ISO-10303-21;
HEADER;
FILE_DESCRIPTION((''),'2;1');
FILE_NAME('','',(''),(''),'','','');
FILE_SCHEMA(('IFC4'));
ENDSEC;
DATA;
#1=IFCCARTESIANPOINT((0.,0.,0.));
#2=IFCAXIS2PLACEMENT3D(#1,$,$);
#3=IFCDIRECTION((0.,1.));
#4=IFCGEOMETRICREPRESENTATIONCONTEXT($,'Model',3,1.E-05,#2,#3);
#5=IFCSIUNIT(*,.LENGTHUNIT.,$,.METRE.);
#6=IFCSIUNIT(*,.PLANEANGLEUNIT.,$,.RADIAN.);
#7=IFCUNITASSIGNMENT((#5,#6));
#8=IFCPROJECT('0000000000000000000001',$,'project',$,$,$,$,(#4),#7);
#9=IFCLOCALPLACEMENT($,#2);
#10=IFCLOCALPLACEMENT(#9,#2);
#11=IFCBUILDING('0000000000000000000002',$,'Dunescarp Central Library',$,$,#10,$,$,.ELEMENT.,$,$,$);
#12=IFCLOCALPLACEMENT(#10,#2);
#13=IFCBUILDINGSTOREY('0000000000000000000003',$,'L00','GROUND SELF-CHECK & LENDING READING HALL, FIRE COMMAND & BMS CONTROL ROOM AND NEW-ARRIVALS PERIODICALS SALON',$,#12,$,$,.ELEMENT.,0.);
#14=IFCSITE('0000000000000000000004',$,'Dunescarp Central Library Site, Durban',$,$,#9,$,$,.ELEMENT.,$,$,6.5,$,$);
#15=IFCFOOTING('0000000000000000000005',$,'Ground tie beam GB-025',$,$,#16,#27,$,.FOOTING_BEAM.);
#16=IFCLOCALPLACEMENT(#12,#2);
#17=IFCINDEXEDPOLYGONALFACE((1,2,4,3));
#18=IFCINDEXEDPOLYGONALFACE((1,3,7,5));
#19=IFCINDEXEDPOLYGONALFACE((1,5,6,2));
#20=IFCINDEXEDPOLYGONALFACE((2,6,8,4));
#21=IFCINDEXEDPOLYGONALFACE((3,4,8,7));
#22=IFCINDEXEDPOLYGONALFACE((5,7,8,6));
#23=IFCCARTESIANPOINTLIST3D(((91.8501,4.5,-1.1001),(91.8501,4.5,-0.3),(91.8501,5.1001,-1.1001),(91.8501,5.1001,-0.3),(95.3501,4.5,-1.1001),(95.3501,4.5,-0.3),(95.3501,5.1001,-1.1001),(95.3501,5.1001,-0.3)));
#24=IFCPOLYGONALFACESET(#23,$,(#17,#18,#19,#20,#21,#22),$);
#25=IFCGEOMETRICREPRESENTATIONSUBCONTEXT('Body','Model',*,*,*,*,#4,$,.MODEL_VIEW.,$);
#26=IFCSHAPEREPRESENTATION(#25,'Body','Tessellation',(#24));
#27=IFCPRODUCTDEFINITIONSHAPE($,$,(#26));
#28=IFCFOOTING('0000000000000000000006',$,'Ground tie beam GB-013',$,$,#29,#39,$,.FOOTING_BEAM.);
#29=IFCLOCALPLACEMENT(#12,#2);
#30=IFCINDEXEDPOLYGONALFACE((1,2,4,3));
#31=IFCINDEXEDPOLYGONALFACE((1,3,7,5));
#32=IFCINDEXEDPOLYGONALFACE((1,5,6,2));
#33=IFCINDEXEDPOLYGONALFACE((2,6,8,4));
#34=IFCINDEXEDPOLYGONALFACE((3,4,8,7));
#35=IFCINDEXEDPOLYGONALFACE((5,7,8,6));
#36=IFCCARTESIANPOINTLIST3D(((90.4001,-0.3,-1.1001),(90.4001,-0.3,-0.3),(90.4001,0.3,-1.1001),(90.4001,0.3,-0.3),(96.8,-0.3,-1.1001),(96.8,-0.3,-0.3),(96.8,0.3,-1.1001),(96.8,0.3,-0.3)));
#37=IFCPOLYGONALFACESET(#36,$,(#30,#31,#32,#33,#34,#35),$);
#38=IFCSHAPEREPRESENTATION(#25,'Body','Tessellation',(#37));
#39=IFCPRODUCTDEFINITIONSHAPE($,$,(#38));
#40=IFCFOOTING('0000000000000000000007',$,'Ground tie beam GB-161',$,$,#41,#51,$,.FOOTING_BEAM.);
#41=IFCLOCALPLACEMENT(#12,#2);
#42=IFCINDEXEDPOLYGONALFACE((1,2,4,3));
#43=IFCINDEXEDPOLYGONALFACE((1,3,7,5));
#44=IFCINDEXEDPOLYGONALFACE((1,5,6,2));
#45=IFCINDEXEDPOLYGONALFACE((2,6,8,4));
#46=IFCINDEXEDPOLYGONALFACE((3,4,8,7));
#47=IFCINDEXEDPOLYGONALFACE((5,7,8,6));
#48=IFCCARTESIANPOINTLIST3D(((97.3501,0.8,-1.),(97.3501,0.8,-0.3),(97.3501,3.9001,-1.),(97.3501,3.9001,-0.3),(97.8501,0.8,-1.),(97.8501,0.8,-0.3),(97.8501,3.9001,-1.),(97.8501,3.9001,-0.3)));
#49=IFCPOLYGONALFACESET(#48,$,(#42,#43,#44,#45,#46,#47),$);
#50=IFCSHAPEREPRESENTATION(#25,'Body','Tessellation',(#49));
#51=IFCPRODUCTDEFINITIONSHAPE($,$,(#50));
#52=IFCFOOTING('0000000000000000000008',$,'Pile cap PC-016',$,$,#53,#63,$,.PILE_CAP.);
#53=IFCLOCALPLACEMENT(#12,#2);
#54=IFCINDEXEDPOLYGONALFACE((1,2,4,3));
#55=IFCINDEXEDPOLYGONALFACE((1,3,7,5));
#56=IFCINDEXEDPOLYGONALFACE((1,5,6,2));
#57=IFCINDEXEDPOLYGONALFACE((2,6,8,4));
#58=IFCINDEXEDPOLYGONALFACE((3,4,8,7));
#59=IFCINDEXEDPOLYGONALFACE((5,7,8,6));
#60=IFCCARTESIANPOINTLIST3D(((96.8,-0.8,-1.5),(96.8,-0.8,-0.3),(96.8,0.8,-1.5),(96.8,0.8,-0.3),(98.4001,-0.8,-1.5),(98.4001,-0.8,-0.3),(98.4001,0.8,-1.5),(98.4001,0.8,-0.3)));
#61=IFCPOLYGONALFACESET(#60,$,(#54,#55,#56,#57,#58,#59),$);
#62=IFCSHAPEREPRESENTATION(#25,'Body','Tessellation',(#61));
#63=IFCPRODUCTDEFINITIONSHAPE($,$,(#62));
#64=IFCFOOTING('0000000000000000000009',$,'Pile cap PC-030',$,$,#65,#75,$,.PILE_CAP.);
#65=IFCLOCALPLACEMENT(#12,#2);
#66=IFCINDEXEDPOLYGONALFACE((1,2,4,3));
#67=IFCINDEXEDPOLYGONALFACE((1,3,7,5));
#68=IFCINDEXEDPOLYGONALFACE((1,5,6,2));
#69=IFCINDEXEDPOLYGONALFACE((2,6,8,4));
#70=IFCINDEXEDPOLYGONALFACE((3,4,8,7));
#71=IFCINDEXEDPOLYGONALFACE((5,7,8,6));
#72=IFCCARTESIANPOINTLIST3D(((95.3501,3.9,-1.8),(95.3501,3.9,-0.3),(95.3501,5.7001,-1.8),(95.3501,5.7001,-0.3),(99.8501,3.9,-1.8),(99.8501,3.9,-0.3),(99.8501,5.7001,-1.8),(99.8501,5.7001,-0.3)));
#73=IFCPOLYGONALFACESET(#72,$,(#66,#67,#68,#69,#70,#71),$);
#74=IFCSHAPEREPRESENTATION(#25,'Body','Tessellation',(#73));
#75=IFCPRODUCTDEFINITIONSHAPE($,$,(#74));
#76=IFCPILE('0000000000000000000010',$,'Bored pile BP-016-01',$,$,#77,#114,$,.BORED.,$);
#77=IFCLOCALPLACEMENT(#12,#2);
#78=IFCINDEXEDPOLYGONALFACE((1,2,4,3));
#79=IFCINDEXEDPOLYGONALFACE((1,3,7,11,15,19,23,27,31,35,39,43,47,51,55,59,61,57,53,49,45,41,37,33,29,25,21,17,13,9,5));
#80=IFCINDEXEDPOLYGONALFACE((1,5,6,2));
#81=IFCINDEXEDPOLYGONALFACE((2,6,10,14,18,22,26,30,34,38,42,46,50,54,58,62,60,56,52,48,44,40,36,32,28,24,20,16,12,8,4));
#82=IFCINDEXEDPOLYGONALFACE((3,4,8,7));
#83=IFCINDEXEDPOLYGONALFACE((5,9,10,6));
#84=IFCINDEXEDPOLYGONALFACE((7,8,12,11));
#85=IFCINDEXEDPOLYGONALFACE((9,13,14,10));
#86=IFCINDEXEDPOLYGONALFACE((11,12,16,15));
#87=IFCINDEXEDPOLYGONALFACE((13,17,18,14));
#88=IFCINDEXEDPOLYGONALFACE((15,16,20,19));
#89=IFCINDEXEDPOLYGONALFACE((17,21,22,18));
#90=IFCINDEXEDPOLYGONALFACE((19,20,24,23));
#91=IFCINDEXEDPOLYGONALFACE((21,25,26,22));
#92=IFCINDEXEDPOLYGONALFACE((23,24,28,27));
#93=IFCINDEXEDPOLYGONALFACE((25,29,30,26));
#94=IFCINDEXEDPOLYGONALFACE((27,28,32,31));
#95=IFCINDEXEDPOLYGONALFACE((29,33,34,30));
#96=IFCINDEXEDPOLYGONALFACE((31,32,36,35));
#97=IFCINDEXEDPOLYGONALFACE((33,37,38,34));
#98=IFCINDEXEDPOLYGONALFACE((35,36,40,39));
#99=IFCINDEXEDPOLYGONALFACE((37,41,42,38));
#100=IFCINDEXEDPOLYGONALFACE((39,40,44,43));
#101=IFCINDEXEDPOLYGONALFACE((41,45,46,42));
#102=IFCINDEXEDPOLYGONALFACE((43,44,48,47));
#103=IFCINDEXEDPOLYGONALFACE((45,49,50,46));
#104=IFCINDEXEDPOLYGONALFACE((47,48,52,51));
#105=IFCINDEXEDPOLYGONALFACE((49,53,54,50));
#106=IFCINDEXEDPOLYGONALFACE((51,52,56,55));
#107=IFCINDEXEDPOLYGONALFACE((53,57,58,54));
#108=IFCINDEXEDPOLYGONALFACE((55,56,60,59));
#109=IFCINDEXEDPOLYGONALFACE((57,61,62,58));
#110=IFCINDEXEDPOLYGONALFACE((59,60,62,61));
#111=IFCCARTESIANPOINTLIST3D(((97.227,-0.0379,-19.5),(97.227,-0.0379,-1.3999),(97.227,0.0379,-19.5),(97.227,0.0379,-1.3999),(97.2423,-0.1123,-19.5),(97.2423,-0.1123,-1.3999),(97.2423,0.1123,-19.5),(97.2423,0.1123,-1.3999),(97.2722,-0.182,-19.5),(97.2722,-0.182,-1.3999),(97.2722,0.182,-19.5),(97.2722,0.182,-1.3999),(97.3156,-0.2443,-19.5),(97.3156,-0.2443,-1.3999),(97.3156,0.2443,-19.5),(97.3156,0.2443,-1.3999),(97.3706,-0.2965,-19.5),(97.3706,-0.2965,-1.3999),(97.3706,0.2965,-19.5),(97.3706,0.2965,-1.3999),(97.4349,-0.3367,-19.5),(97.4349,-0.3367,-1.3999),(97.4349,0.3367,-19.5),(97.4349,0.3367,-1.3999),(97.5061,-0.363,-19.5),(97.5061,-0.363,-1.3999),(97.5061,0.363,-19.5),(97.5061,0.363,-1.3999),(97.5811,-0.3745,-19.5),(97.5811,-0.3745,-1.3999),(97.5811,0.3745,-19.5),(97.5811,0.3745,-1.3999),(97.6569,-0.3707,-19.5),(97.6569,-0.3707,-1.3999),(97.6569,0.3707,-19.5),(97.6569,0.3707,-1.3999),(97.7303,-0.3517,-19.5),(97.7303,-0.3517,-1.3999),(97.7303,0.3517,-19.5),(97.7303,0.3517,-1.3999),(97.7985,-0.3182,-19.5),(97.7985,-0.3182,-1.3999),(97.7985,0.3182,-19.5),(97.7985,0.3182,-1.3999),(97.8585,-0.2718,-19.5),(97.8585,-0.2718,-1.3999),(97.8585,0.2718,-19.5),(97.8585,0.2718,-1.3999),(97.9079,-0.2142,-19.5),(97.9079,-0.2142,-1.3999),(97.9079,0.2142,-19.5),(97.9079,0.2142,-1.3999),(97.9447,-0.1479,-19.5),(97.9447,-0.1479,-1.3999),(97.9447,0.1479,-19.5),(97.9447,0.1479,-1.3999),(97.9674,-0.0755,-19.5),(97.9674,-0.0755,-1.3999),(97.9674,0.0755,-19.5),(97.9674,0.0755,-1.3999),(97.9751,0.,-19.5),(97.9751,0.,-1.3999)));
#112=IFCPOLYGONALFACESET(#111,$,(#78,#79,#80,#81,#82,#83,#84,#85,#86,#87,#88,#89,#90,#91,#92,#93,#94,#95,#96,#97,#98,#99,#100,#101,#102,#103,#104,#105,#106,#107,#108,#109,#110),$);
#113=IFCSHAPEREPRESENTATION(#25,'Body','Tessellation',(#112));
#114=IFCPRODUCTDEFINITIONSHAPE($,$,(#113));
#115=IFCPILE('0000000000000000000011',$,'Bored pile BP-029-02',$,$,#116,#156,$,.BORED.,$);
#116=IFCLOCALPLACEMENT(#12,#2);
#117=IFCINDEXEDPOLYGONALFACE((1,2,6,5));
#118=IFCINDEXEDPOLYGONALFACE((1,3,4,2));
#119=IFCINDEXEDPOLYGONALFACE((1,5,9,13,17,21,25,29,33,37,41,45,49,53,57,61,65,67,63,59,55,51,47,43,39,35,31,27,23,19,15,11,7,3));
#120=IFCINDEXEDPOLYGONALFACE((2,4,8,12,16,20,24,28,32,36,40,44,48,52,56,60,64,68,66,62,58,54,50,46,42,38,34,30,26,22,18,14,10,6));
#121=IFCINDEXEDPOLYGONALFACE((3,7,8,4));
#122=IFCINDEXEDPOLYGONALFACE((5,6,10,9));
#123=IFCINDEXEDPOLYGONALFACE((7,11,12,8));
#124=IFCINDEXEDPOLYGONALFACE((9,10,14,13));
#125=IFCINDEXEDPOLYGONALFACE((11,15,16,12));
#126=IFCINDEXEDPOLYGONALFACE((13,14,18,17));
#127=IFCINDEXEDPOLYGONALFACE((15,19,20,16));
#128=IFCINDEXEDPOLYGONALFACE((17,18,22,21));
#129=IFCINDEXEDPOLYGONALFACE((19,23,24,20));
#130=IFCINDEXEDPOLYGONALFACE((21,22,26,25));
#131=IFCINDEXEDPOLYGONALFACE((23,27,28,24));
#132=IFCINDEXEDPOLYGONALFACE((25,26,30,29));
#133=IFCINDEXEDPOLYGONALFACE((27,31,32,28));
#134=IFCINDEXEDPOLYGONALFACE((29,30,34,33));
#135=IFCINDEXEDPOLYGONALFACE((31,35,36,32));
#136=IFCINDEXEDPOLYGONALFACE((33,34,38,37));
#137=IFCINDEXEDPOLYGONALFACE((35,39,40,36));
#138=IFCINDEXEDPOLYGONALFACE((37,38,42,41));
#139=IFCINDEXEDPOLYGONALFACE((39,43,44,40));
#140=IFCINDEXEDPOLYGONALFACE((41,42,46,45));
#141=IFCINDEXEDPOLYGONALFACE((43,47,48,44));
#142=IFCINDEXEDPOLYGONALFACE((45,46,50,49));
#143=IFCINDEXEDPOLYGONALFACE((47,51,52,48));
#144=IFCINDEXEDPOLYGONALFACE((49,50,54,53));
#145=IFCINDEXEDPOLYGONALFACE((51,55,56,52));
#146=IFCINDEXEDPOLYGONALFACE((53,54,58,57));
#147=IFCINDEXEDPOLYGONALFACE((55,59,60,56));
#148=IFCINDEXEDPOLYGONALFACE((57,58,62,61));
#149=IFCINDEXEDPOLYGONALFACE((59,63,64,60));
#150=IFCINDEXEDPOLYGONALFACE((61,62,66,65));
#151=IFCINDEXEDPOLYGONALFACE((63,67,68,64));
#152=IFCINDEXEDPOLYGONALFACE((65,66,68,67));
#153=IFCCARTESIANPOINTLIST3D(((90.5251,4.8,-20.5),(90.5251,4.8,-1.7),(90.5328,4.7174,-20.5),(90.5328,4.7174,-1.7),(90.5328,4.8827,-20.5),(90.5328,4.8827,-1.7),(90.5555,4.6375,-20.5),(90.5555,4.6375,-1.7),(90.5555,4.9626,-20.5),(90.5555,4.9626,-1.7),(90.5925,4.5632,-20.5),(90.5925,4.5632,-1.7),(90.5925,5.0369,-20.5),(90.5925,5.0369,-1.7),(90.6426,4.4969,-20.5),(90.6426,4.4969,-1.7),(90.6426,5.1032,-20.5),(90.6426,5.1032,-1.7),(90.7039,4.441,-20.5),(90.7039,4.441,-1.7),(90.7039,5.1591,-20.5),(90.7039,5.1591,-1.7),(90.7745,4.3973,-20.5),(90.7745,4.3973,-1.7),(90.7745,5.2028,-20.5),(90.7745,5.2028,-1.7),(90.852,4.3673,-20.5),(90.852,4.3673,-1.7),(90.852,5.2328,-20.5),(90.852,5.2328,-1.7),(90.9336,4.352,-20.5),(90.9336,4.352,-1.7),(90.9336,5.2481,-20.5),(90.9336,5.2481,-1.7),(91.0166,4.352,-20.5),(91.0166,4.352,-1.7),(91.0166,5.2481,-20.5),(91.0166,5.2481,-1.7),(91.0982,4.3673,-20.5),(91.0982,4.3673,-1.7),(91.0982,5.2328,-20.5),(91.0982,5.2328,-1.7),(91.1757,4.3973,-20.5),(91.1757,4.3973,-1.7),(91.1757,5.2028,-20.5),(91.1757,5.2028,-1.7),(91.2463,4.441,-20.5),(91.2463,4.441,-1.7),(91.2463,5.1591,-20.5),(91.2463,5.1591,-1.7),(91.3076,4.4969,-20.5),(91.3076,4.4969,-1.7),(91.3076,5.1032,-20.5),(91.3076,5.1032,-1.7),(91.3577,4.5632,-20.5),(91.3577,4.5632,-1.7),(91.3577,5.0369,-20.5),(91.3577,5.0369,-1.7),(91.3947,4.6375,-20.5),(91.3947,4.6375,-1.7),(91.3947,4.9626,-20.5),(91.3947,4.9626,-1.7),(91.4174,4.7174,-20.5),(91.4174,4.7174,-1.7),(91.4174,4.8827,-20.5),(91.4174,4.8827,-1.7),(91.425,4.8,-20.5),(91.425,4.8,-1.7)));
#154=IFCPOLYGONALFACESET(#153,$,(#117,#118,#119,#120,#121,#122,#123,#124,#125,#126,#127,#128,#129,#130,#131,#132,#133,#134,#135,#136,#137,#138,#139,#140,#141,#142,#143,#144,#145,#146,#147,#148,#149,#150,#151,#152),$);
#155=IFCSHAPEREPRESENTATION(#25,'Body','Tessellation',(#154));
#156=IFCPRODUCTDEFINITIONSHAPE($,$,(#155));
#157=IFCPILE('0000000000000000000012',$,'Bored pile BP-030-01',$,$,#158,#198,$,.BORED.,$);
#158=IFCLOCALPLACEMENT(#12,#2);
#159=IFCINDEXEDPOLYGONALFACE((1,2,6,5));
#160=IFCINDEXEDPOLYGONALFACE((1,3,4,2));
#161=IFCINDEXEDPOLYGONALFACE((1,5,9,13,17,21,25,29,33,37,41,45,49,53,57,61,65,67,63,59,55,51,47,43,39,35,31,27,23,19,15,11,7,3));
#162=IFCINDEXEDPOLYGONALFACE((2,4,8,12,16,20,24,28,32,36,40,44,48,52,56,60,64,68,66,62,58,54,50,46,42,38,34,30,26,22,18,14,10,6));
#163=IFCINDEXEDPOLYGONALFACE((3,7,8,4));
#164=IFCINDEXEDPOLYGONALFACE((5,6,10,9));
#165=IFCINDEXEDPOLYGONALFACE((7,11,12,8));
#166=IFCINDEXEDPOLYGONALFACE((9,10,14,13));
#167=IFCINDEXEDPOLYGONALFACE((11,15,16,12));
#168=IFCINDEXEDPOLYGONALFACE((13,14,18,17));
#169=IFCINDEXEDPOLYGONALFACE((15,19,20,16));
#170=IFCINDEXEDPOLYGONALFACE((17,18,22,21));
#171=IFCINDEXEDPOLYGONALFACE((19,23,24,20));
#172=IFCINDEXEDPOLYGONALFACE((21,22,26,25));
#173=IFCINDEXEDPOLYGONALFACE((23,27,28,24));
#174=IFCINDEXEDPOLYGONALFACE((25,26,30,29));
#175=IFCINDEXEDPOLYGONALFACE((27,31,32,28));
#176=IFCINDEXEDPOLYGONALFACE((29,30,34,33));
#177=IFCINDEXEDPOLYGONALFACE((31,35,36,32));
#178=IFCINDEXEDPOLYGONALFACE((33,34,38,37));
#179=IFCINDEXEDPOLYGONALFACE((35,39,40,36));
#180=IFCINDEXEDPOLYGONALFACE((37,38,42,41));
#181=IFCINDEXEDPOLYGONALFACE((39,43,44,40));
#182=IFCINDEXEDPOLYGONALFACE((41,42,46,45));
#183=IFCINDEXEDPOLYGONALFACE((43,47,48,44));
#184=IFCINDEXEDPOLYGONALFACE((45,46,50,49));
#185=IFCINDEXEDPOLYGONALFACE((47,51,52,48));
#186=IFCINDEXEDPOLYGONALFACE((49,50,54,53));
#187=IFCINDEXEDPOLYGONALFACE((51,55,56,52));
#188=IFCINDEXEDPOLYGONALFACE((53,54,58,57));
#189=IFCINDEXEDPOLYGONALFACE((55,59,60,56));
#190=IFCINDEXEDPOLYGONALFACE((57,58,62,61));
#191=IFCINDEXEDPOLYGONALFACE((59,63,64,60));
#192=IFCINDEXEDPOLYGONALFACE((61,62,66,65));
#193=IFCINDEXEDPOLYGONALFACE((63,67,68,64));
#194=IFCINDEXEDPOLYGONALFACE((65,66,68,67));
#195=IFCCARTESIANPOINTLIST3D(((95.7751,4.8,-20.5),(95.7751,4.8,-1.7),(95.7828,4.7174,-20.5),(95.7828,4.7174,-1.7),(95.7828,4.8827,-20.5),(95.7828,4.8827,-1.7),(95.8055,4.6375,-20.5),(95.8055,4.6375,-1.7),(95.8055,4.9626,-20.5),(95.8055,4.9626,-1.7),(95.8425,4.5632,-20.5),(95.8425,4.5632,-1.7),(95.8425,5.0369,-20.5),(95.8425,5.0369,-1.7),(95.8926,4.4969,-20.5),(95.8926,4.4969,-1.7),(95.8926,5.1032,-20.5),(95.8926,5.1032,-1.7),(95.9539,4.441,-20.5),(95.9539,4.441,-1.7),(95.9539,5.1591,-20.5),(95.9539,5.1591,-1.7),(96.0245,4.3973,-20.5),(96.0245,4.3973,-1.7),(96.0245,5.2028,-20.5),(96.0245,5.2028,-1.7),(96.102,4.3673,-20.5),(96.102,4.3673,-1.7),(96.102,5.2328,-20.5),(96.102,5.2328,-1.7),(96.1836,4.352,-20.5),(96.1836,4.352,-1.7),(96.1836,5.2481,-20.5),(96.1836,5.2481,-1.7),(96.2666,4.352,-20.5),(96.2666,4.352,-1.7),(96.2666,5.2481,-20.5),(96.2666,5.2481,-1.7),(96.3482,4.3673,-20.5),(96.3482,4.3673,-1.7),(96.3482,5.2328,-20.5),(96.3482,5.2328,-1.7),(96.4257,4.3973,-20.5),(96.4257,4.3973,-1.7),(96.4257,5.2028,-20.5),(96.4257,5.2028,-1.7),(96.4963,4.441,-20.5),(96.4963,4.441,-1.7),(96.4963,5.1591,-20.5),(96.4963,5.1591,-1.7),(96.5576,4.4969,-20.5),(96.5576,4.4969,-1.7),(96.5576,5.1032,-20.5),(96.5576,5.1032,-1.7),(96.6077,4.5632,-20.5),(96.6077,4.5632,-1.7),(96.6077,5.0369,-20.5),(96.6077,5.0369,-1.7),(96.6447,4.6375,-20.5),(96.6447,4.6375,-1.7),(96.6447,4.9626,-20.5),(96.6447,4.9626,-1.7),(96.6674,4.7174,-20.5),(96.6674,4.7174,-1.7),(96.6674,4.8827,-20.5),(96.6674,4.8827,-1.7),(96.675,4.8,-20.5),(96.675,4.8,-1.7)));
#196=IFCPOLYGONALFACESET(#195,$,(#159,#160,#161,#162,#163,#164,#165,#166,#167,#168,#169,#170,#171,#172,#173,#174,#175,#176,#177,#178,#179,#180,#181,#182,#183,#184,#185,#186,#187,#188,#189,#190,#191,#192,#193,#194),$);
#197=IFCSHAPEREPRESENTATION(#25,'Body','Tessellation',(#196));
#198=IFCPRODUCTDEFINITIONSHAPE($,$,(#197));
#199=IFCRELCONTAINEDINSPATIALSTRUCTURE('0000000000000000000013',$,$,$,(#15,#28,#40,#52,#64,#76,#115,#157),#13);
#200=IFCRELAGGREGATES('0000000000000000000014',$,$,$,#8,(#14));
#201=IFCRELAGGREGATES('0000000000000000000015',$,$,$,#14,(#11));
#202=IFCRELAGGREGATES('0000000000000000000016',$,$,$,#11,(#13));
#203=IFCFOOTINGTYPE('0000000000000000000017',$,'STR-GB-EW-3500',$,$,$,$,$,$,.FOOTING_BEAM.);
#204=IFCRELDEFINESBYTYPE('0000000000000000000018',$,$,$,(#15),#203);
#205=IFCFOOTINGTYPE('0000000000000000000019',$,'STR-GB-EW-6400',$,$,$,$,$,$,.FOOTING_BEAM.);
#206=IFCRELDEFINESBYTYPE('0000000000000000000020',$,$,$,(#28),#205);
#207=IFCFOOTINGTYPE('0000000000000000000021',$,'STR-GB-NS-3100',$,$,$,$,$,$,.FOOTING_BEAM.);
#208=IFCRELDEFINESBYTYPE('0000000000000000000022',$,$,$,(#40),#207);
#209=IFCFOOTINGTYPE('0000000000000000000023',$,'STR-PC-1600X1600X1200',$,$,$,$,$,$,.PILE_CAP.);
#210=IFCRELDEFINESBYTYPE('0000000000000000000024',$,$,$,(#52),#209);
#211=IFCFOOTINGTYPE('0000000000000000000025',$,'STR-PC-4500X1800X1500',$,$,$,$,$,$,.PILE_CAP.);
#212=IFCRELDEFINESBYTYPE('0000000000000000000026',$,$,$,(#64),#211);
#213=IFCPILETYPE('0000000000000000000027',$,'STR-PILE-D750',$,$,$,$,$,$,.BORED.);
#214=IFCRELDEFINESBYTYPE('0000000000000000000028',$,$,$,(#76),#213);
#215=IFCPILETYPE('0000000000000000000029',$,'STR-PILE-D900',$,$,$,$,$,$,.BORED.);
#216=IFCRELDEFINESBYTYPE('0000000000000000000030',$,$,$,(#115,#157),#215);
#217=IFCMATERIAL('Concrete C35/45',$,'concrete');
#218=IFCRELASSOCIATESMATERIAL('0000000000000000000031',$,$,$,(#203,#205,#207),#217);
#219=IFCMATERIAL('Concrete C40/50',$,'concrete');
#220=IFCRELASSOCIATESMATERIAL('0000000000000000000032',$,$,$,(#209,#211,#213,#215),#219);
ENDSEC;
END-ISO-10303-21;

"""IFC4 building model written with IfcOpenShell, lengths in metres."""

from ifc_helpers import new_model, si_unit, direction, frame, origin, origin_2d, place, context, subcontext, project, spatial, rectangle, circle, extrude, material, material_profile, profile_set, type_object, element, save


model = new_model("IFC4")

# Units and contexts
model_context = context("Model", 3, precision=1e-05, world=origin(), true_north=direction((0.0, 1.0)))
body_context = subcontext(model_context, "Body", "Model", "MODEL_VIEW")
ifc_project = project(units=[si_unit("LENGTHUNIT", "METRE"), si_unit("PLANEANGLEUNIT", "RADIAN")], contexts=[model_context])

# Site, building, storey
site_placement = place(None, origin())
site = spatial("IfcSite", under=ifc_project, at=site_placement, Name="Dunescarp Central Library Site, Durban", CompositionType="ELEMENT", RefElevation=6.5)
building_placement = place(site_placement, origin())
building = spatial("IfcBuilding", under=site, at=building_placement, Name="Dunescarp Central Library", CompositionType="ELEMENT")
storey_placement = place(building_placement, origin())
storey = spatial("IfcBuildingStorey", under=building, at=storey_placement, Name="L00", Description="GROUND SELF-CHECK & LENDING READING HALL, FIRE COMMAND & BMS CONTROL ROOM AND NEW-ARRIVALS PERIODICALS SALON", CompositionType="ELEMENT", Elevation=0.0)

# Footings
ifc_material_1 = material(Name="Concrete C35/45", Category="concrete")
footing_type_1 = type_object("IfcFootingType", Name="STR-GB-EW-3500", PredefinedType="FOOTING_BEAM", material=ifc_material_1)
footing_1_placement = place(storey_placement, frame((93.6001, 4.8, -1.1001), z_axis=(0.0, 0.0, 1.0), x_axis=(1.0, 0.0, 0.0)))
element("IfcFooting", 1, at=footing_1_placement, inside=storey, type_object=footing_type_1, Name="Ground tie beam GB-025", PredefinedType="FOOTING_BEAM", context=body_context, shape_type="SweptSolid", body=[
    extrude(rectangle(XDim=3.5, YDim=0.6001, at=origin_2d()), origin(), (0.0, 0.0, 1.0), 0.8),
])
footing_type_2 = type_object("IfcFootingType", Name="STR-GB-EW-6400", PredefinedType="FOOTING_BEAM", material=ifc_material_1)
footing_2_placement = place(storey_placement, frame((93.6001, 0.0, -1.1001), z_axis=(0.0, 0.0, 1.0), x_axis=(1.0, 0.0, 0.0)))
element("IfcFooting", 2, at=footing_2_placement, inside=storey, type_object=footing_type_2, Name="Ground tie beam GB-013", PredefinedType="FOOTING_BEAM", context=body_context, shape_type="SweptSolid", body=[
    extrude(rectangle(XDim=6.3999, YDim=0.6001, at=origin_2d()), origin(), (0.0, 0.0, 1.0), 0.8),
])
footing_type_3 = type_object("IfcFootingType", Name="STR-GB-NS-3100", PredefinedType="FOOTING_BEAM", material=ifc_material_1)
footing_3_placement = place(storey_placement, frame((97.6001, 2.3501, -1.0), z_axis=(0.0, 0.0, 1.0), x_axis=(0.0, 1.0, 0.0)))
element("IfcFooting", 3, at=footing_3_placement, inside=storey, type_object=footing_type_3, Name="Ground tie beam GB-161", PredefinedType="FOOTING_BEAM", context=body_context, shape_type="SweptSolid", body=[
    extrude(rectangle(XDim=3.1001, YDim=0.5, at=origin_2d()), origin(), (0.0, 0.0, 1.0), 0.7),
])
ifc_material_2 = material(Name="Concrete C40/50", Category="concrete")
footing_type_4 = type_object("IfcFootingType", Name="STR-PC-1600X1600X1200", PredefinedType="PILE_CAP", material=ifc_material_2)
footing_4_placement = place(storey_placement, frame((97.6001, 0.0, -1.5), z_axis=(0.0, 0.0, 1.0), x_axis=(1.0, 0.0, 0.0)))
element("IfcFooting", 4, at=footing_4_placement, inside=storey, type_object=footing_type_4, Name="Pile cap PC-016", PredefinedType="PILE_CAP", context=body_context, shape_type="SweptSolid", body=[
    extrude(rectangle(XDim=1.6001, YDim=1.6001, at=origin_2d()), origin(), (0.0, 0.0, 1.0), 1.2),
])
footing_type_5 = type_object("IfcFootingType", Name="STR-PC-4500X1800X1500", PredefinedType="PILE_CAP", material=ifc_material_2)
footing_5_placement = place(storey_placement, frame((97.6001, 4.8, -1.8), z_axis=(0.0, 0.0, 1.0), x_axis=(1.0, 0.0, 0.0)))
element("IfcFooting", 5, at=footing_5_placement, inside=storey, type_object=footing_type_5, Name="Pile cap PC-030", PredefinedType="PILE_CAP", context=body_context, shape_type="SweptSolid", body=[
    extrude(rectangle(XDim=4.5, YDim=1.8, at=origin_2d()), origin(), (0.0, 0.0, 1.0), 1.5),
])

# Piles
ifc_material_profile_1 = material_profile(ifc_material_2, circle(Radius=0.375, at=origin_2d()), Name="PILE D750")
ifc_profile_set_1 = profile_set([ifc_material_profile_1], Name="Concrete C40/50")
pile_type_1 = type_object("IfcPileType", Name="STR-PILE-D750", PredefinedType="BORED", material=ifc_profile_set_1)
pile_placement = place(storey_placement, frame((97.6001, 0.0, -1.3999), z_axis=(0.0, 0.0, -1.0), x_axis=(1.0, 0.0, 0.0)))
element("IfcPile", 6, at=pile_placement, inside=storey, type_object=pile_type_1, Name="Bored pile BP-016-01", PredefinedType="BORED", context=body_context, shape_type="SweptSolid", body=[
    extrude(circle(Radius=0.375, at=origin_2d()), origin(), (0.0, 0.0, 1.0), 18.1001),
])
ifc_material_profile_2 = material_profile(ifc_material_2, circle(Radius=0.45, at=origin_2d()), Name="PILE D900")
ifc_profile_set_2 = profile_set([ifc_material_profile_2], Name="Concrete C40/50")
pile_type_2 = type_object("IfcPileType", Name="STR-PILE-D900", PredefinedType="BORED", material=ifc_profile_set_2)
for number, where, z_axis, x_axis, name in (
    (7, (90.9751, 4.8, -1.7), (0.0, 0.0, -1.0), (1.0, 0.0, 0.0), "Bored pile BP-029-02"),
    (8, (96.2251, 4.8, -1.7), (0.0, 0.0, -1.0), (1.0, 0.0, 0.0), "Bored pile BP-030-01"),
):
    element("IfcPile", number, at=place(storey_placement, frame(where, z_axis=z_axis, x_axis=x_axis)), inside=storey, type_object=pile_type_2, Name=name, PredefinedType="BORED", context=body_context, shape_type="SweptSolid", body=[
        extrude(circle(Radius=0.45, at=origin_2d()), origin(), (0.0, 0.0, 1.0), 18.8),
    ])

save(model, "model.ifc")
